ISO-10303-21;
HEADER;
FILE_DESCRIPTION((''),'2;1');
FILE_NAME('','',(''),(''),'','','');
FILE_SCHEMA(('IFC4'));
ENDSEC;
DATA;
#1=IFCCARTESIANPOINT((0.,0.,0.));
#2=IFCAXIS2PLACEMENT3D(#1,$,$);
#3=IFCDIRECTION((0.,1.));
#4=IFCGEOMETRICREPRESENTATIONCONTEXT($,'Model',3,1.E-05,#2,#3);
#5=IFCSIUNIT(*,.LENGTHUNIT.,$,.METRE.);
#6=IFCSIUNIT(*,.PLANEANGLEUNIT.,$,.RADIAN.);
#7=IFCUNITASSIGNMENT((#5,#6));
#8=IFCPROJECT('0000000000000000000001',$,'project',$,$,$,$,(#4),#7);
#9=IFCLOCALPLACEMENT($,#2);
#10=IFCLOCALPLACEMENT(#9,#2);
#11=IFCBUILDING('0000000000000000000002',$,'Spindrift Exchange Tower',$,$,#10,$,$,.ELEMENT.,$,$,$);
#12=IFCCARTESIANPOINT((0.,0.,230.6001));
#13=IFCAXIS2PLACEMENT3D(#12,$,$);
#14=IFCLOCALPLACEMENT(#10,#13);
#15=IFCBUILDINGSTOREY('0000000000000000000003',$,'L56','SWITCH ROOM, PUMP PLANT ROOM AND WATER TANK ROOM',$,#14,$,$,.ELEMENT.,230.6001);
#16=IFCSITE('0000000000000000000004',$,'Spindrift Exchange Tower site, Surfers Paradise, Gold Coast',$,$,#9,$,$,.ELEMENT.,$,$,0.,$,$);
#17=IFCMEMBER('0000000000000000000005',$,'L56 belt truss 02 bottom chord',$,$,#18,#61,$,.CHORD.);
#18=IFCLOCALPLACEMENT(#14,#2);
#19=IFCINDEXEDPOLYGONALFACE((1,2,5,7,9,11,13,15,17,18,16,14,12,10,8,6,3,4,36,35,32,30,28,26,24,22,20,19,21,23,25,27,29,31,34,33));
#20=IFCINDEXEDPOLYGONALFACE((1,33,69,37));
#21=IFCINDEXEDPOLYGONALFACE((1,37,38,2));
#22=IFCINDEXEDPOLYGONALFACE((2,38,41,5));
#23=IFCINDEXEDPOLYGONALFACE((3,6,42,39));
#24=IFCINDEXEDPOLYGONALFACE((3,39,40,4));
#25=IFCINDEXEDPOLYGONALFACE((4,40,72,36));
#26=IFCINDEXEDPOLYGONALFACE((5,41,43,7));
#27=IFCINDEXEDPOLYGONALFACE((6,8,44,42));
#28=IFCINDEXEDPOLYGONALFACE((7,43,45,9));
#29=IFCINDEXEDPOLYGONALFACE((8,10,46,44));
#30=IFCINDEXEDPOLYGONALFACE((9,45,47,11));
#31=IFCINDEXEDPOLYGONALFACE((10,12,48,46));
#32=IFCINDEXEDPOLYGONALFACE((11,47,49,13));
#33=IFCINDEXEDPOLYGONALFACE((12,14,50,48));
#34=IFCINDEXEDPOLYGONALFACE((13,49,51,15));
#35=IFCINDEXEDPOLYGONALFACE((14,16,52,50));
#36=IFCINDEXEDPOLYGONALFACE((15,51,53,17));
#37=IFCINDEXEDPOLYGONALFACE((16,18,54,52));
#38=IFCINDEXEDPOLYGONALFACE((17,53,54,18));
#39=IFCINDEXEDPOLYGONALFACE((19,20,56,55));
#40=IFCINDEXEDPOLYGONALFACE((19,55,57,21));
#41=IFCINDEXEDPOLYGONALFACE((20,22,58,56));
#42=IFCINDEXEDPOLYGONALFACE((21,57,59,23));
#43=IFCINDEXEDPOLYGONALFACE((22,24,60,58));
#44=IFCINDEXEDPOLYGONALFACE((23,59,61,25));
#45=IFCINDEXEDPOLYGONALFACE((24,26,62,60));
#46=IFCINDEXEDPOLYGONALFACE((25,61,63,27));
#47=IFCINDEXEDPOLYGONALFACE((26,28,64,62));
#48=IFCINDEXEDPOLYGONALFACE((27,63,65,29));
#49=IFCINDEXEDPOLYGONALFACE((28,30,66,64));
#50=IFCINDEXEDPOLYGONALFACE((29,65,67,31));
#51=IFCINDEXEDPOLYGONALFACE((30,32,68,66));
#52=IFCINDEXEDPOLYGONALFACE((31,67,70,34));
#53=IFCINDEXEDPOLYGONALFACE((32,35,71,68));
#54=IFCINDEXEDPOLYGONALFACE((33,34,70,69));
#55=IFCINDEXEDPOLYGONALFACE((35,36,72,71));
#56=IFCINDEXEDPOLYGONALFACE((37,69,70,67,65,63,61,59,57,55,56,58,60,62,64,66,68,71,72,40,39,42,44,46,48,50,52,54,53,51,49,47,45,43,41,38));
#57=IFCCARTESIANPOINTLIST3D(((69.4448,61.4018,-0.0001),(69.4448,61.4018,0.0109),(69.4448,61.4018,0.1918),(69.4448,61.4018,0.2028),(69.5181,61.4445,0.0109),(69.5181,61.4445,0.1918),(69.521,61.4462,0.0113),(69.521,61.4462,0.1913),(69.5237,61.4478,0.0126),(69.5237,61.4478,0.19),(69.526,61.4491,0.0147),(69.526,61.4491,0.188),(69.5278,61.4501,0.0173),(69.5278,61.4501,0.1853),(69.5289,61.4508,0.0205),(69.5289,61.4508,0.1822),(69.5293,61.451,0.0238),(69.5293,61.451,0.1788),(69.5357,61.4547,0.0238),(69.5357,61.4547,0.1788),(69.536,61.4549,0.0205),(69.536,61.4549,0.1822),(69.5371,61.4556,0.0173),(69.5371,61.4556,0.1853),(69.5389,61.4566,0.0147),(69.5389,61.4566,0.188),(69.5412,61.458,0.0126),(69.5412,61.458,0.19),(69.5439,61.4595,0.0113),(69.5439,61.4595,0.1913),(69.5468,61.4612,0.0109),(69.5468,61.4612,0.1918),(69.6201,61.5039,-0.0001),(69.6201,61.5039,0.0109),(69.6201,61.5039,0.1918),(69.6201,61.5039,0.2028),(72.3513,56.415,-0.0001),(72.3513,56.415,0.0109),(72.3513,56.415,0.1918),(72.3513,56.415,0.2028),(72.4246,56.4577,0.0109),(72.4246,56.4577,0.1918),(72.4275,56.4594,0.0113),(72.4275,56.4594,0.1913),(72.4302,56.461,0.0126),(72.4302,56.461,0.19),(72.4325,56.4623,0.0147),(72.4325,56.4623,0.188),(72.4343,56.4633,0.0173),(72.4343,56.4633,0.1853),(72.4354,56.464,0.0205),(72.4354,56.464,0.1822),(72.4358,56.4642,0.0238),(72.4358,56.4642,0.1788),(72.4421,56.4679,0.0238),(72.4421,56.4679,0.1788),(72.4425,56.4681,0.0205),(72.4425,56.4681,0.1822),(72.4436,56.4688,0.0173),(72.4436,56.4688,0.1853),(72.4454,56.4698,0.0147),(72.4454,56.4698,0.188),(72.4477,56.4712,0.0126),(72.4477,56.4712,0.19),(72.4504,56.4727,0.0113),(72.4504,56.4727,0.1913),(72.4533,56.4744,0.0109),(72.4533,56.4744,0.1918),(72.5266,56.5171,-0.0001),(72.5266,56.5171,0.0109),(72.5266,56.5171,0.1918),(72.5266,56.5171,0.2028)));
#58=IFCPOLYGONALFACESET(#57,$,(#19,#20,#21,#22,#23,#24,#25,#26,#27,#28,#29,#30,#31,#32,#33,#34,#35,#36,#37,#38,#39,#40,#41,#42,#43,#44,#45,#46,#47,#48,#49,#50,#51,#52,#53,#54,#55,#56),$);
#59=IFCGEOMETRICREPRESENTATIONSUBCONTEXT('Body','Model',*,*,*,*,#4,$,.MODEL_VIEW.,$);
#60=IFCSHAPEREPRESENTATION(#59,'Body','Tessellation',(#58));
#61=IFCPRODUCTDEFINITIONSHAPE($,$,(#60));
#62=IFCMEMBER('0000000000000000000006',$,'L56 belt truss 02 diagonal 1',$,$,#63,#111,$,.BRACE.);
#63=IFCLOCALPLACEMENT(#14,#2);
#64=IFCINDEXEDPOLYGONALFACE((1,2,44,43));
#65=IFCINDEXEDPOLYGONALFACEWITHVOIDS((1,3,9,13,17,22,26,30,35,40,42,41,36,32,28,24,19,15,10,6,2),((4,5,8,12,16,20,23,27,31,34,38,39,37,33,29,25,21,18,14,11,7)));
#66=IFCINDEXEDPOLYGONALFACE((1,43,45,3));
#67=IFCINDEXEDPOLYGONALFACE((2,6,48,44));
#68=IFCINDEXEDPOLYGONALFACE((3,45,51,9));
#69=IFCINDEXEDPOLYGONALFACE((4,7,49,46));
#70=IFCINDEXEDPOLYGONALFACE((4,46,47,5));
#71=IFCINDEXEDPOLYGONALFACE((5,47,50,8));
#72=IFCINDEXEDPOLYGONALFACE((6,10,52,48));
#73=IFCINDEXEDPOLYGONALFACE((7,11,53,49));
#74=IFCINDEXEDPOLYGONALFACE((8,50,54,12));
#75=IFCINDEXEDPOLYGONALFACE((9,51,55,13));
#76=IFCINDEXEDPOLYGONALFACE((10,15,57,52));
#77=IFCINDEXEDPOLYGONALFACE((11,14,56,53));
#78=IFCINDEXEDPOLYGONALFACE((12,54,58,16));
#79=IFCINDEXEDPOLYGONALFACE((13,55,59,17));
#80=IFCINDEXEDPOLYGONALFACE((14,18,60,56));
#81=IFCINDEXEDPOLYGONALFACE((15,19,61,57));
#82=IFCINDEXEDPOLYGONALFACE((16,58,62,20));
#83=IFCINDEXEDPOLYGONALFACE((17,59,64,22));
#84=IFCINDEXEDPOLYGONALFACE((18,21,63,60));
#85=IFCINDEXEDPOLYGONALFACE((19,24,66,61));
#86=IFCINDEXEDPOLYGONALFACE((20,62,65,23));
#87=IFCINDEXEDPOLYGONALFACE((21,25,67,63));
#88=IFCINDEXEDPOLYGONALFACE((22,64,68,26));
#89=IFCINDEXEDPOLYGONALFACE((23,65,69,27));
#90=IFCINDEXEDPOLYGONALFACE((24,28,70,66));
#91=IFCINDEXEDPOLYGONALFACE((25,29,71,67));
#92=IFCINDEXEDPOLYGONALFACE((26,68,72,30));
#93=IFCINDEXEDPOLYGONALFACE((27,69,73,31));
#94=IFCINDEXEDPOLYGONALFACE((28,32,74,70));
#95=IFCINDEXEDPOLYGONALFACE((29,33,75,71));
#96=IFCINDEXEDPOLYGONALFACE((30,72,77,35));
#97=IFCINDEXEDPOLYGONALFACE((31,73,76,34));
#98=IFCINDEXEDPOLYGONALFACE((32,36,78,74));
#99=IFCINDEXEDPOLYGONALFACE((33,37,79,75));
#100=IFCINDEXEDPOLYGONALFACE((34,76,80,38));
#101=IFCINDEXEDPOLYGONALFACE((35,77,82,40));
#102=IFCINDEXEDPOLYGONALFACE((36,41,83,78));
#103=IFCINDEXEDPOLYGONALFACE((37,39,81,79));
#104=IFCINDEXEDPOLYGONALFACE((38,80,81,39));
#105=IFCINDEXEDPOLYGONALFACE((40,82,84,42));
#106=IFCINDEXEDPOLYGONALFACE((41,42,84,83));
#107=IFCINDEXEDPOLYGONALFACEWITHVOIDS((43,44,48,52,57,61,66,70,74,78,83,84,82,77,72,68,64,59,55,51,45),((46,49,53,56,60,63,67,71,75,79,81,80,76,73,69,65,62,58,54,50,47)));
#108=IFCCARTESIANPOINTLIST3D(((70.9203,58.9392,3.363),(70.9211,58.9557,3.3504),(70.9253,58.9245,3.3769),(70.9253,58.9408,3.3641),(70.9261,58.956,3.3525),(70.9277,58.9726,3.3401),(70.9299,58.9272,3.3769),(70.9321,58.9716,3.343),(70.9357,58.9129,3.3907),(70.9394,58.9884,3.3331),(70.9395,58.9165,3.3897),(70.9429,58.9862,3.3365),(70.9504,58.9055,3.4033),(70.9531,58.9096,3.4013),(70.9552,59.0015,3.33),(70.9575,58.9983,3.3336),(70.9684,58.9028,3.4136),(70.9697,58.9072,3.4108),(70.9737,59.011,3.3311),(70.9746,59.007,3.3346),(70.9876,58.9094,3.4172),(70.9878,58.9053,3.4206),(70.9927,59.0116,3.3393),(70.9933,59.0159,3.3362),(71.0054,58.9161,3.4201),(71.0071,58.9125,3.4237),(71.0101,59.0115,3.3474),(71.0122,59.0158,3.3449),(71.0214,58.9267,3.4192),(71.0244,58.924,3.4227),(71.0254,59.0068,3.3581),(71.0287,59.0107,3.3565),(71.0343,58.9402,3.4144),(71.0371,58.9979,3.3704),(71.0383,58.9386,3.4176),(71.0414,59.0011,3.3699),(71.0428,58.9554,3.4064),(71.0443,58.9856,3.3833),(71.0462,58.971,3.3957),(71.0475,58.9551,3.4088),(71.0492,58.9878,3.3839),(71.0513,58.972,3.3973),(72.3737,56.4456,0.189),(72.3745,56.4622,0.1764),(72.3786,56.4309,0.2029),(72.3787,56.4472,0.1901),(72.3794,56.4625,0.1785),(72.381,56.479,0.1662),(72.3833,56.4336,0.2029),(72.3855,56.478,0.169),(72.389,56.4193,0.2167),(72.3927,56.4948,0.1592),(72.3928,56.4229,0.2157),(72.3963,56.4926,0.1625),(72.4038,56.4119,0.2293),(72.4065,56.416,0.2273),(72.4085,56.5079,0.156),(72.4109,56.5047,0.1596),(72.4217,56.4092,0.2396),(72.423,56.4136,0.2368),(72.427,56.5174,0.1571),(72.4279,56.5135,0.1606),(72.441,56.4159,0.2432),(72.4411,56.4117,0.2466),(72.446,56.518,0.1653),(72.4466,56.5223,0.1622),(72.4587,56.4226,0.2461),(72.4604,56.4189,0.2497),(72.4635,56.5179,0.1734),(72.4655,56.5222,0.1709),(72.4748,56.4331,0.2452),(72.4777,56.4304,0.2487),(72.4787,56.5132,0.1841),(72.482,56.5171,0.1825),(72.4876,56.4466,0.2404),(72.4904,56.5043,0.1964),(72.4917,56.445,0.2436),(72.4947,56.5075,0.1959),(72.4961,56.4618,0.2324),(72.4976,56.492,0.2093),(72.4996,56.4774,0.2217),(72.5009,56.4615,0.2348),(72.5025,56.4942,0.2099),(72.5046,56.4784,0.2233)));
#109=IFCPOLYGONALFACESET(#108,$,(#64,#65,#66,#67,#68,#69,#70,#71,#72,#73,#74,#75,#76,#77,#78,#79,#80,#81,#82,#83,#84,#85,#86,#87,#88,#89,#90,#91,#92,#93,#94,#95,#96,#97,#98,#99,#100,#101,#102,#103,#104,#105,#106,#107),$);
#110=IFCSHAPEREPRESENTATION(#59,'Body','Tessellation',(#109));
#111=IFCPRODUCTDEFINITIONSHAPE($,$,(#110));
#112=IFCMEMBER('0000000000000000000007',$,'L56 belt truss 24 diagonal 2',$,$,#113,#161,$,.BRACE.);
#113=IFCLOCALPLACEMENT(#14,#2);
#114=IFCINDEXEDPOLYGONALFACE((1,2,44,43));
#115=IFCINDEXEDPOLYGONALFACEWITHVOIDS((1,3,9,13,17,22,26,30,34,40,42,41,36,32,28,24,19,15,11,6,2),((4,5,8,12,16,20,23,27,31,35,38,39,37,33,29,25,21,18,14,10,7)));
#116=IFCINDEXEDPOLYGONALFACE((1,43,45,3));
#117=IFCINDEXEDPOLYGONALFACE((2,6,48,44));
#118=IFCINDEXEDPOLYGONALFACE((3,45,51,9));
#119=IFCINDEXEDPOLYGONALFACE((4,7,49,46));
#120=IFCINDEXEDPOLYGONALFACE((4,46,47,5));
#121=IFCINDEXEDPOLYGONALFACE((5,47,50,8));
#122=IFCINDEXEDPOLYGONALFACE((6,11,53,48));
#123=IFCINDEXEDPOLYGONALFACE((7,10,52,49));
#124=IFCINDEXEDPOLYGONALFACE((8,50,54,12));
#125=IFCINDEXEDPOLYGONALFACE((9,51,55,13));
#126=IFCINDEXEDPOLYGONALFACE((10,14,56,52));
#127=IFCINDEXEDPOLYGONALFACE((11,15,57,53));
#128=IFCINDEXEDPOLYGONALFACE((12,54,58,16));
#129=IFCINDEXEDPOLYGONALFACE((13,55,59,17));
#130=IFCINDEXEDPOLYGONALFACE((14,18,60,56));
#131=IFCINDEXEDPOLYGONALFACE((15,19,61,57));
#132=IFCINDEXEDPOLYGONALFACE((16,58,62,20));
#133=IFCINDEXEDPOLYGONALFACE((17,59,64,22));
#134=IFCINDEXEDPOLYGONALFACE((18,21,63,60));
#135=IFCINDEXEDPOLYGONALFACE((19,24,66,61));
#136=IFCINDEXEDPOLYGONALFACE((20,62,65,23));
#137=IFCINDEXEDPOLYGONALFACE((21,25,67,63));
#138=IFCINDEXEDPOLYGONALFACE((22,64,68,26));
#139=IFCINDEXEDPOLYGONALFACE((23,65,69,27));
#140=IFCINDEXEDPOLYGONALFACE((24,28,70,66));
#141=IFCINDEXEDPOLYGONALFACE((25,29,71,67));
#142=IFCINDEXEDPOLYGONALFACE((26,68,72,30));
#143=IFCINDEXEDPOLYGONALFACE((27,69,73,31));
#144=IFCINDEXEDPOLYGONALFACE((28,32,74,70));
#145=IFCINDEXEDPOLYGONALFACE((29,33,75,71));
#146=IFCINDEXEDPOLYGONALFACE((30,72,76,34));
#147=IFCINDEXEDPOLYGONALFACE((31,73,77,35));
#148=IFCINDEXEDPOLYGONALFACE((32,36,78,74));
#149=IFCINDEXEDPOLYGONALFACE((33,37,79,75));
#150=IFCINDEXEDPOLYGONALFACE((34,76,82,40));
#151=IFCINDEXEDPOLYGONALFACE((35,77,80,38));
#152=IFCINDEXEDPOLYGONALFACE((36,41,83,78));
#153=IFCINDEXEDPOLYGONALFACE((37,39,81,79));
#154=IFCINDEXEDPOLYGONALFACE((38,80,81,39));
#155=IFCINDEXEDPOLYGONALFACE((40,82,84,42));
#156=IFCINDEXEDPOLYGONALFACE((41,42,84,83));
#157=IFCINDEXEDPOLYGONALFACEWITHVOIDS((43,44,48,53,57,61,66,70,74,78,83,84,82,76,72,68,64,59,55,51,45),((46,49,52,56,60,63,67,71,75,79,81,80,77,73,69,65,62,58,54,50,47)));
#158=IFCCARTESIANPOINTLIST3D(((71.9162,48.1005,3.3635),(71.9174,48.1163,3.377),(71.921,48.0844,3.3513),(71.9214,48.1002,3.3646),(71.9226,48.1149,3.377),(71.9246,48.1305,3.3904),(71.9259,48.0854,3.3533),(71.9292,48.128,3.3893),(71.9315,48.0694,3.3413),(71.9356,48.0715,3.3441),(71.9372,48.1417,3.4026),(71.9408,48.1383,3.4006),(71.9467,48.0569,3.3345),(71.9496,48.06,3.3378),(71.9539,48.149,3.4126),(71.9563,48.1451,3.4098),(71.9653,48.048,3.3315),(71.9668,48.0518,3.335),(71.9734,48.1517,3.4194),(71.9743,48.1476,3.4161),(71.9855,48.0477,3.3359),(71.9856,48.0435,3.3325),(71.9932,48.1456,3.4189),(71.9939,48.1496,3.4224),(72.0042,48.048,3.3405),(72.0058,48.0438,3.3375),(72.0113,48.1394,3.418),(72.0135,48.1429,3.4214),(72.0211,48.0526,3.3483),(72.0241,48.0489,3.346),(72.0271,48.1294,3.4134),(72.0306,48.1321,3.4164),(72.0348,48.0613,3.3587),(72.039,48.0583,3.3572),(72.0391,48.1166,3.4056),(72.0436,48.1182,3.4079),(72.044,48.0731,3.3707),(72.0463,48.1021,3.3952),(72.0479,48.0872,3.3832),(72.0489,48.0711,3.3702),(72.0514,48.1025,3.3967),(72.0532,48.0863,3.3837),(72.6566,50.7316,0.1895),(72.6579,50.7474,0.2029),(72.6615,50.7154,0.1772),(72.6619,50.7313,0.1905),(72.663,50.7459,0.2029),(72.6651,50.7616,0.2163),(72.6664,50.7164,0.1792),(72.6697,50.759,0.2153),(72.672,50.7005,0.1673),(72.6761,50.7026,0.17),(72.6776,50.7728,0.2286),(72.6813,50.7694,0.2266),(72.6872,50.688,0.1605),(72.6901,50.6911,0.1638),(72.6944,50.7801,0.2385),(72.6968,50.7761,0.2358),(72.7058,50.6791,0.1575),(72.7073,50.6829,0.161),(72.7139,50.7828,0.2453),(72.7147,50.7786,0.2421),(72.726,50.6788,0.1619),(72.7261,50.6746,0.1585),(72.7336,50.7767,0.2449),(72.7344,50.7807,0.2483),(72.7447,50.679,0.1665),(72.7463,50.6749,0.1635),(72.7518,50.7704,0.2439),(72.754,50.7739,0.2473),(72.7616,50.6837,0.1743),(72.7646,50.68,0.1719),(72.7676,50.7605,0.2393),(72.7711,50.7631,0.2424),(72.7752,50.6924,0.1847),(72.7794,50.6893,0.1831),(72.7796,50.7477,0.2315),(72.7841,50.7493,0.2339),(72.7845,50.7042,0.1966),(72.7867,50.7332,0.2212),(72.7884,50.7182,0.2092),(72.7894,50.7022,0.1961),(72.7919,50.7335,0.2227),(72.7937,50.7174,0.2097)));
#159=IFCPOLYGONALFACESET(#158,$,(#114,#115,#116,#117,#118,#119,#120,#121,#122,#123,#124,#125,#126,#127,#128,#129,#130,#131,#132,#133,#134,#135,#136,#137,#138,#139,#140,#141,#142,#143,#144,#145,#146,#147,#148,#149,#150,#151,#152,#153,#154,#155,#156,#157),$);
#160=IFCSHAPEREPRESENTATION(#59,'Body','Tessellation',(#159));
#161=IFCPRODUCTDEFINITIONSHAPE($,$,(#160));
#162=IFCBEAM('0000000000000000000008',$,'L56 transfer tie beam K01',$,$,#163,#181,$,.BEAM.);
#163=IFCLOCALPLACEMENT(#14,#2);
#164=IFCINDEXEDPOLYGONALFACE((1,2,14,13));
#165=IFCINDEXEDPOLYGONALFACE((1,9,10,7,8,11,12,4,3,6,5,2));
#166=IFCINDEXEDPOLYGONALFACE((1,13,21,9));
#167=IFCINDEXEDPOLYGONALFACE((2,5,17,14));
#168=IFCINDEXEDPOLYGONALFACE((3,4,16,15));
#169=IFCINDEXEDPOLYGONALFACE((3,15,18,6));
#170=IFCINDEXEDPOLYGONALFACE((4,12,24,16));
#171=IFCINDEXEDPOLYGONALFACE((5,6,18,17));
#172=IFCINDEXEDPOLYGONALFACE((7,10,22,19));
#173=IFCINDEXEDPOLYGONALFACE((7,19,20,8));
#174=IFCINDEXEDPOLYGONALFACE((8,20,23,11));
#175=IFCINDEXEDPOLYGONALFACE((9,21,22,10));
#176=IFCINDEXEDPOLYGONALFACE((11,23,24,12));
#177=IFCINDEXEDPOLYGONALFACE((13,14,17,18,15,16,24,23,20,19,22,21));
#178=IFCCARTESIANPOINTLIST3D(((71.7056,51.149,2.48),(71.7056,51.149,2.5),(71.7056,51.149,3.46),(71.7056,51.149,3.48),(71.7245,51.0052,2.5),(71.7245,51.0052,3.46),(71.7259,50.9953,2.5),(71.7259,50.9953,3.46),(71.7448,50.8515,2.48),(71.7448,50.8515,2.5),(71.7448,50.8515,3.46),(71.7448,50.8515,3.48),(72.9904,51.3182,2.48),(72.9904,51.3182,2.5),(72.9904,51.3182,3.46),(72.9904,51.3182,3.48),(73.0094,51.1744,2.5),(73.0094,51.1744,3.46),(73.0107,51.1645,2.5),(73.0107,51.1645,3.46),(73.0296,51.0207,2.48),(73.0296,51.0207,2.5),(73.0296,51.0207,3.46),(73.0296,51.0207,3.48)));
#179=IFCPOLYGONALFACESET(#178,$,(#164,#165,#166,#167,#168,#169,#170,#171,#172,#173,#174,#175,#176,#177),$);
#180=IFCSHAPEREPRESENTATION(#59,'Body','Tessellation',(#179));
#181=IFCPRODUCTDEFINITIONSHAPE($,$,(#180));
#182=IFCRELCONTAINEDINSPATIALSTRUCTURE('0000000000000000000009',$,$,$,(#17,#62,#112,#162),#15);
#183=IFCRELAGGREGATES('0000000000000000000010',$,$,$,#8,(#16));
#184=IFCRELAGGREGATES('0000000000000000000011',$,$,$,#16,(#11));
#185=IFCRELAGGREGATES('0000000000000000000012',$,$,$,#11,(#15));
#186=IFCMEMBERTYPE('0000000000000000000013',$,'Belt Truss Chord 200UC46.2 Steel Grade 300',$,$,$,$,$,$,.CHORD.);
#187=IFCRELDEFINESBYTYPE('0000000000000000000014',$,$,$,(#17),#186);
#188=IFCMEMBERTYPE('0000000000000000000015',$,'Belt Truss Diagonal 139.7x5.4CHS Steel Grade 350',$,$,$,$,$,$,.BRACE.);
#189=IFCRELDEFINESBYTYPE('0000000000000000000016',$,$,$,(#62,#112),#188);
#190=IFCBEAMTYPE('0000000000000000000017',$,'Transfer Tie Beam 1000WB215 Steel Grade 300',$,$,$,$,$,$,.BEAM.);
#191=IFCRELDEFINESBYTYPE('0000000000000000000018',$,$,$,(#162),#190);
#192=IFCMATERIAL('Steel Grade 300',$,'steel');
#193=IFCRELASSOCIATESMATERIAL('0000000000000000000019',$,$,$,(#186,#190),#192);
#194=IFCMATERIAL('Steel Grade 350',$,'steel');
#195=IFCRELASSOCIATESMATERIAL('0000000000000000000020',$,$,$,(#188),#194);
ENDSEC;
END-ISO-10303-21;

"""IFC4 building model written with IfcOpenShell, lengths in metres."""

from ifc_helpers import new_model, si_unit, direction, frame, origin, origin_2d, place, context, subcontext, project, spatial, hollow_circle, i_section, extrude, source, transform, mapped, material, material_profile, profile_set, type_object, element, save


model = new_model("IFC4")

# Units and contexts
model_context = context("Model", 3, precision=1e-05, world=origin(), true_north=direction((0.0, 1.0)))
body_context = subcontext(model_context, "Body", "Model", "MODEL_VIEW")
ifc_project = project(units=[si_unit("LENGTHUNIT", "METRE"), si_unit("PLANEANGLEUNIT", "RADIAN")], contexts=[model_context])

# Site, building, storey
site_placement = place(None, origin())
site = spatial("IfcSite", under=ifc_project, at=site_placement, Name="Spindrift Exchange Tower site, Surfers Paradise, Gold Coast", CompositionType="ELEMENT", RefElevation=0.0)
building_placement = place(site_placement, origin())
building = spatial("IfcBuilding", under=site, at=building_placement, Name="Spindrift Exchange Tower", CompositionType="ELEMENT")
storey_placement = place(building_placement, frame((0.0, 0.0, 230.6001)))
storey = spatial("IfcBuildingStorey", under=building, at=storey_placement, Name="L56", Description="SWITCH ROOM, PUMP PLANT ROOM AND WATER TANK ROOM", CompositionType="ELEMENT", Elevation=230.6001)

# Shared definitions
ifc_material_1 = material(Name="Steel Grade 300", Category="steel")

# Members
ifc_material_profile_1 = material_profile(ifc_material_1, i_section(OverallWidth=0.2029, OverallDepth=0.2029, WebThickness=0.0073, FlangeThickness=0.011, FilletRadius=0.0129, at=origin_2d()), Name="200UC46.2")
ifc_profile_set_1 = profile_set([ifc_material_profile_1], Name="Steel Grade 300")
member_type_1 = type_object("IfcMemberType", Name="Belt Truss Chord 200UC46.2 Steel Grade 300", PredefinedType="CHORD", material=ifc_profile_set_1)
ifc_material_2 = material(Name="Steel Grade 350", Category="steel")
ifc_material_profile_2 = material_profile(ifc_material_2, hollow_circle(Radius=0.0698, WallThickness=0.0054, at=origin_2d()), Name="139.7x5.4CHS")
ifc_profile_set_2 = profile_set([ifc_material_profile_2], Name="Steel Grade 350")
member_type_2 = type_object("IfcMemberType", Name="Belt Truss Diagonal 139.7x5.4CHS Steel Grade 350", PredefinedType="BRACE", material=ifc_profile_set_2)
shared_shape_1 = source(origin(), body_context, "Body", "SweptSolid", [
    extrude(i_section(OverallWidth=0.2029, OverallDepth=0.2029, WebThickness=0.0073, FlangeThickness=0.011, FilletRadius=0.0129, at=origin_2d()), origin(), (0.0, 0.0, 1.0), 5.772),
])
for number, where, z_axis, x_axis, name in (
    (1, (72.439, 56.4661, 0.1013), (-0.50355, 0.863966, 0.0), (-0.863966, -0.50355, 0.0), "L56 belt truss 02 bottom chord"),
):
    element("IfcMember", number, at=place(storey_placement, frame(where, z_axis=z_axis, x_axis=x_axis)), inside=storey, type_object=member_type_1, Name=name, PredefinedType="CHORD", context=body_context, shape_type="MappedRepresentation", body=[
        mapped(shared_shape_1, transform((0.0, 0.0, 0.0), scale=1.0)),
    ])
shared_shape_2 = source(origin(), body_context, "Body", "SweptSolid", [
    extrude(hollow_circle(Radius=0.0698, WallThickness=0.0054, at=origin_2d()), origin(), (0.0, 0.0, 1.0), 4.29),
])
member_1_placement = place(storey_placement, frame((72.439, 56.4661, 0.2029), z_axis=(-0.338769, 0.581252, 0.739852), x_axis=(-0.863969, -0.503545, 0.0)))
element("IfcMember", 2, at=member_1_placement, inside=storey, type_object=member_type_2, Name="L56 belt truss 02 diagonal 1", PredefinedType="BRACE", context=body_context, shape_type="MappedRepresentation", body=[
    mapped(shared_shape_2, transform((0.0, 0.0, 0.0), scale=1.0)),
])
shared_shape_3 = source(origin(), body_context, "Body", "SweptSolid", [
    extrude(hollow_circle(Radius=0.0698, WallThickness=0.0054, at=origin_2d()), origin(), (0.0, 0.0, 1.0), 4.1887),
])
member_2_placement = place(storey_placement, frame((71.9846, 48.0974, 3.377), z_axis=(0.176777, 0.628134, -0.757759), x_axis=(-0.962605, 0.270909, 0.0)))
element("IfcMember", 3, at=member_2_placement, inside=storey, type_object=member_type_2, Name="L56 belt truss 24 diagonal 2", PredefinedType="BRACE", context=body_context, shape_type="MappedRepresentation", body=[
    mapped(shared_shape_3, transform((0.0, 0.0, 0.0), scale=1.0)),
])

# Beam
ifc_material_profile_3 = material_profile(ifc_material_1, i_section(OverallWidth=0.3, OverallDepth=1.0, WebThickness=0.01, FlangeThickness=0.02, at=origin_2d()), Name="1000WB215")
ifc_profile_set_3 = profile_set([ifc_material_profile_3], Name="Steel Grade 300")
beam_type_1 = type_object("IfcBeamType", Name="Transfer Tie Beam 1000WB215 Steel Grade 300", PredefinedType="BEAM", material=ifc_profile_set_3)
shared_shape_4 = source(origin(), body_context, "Body", "SweptSolid", [
    extrude(i_section(OverallWidth=0.3, OverallDepth=1.0, WebThickness=0.01, FlangeThickness=0.02, at=origin_2d()), origin(), (0.0, 0.0, 1.0), 1.2959),
])
beam_1_placement = place(storey_placement, frame((73.01, 51.1694, 2.98), z_axis=(-0.991442, -0.130547, 0.0), x_axis=(0.130547, -0.991442, 0.0)))
element("IfcBeam", 4, at=beam_1_placement, inside=storey, type_object=beam_type_1, Name="L56 transfer tie beam K01", PredefinedType="BEAM", context=body_context, shape_type="MappedRepresentation", body=[
    mapped(shared_shape_4, transform((0.0, 0.0, 0.0), scale=1.0)),
])

save(model, "model.ifc")
